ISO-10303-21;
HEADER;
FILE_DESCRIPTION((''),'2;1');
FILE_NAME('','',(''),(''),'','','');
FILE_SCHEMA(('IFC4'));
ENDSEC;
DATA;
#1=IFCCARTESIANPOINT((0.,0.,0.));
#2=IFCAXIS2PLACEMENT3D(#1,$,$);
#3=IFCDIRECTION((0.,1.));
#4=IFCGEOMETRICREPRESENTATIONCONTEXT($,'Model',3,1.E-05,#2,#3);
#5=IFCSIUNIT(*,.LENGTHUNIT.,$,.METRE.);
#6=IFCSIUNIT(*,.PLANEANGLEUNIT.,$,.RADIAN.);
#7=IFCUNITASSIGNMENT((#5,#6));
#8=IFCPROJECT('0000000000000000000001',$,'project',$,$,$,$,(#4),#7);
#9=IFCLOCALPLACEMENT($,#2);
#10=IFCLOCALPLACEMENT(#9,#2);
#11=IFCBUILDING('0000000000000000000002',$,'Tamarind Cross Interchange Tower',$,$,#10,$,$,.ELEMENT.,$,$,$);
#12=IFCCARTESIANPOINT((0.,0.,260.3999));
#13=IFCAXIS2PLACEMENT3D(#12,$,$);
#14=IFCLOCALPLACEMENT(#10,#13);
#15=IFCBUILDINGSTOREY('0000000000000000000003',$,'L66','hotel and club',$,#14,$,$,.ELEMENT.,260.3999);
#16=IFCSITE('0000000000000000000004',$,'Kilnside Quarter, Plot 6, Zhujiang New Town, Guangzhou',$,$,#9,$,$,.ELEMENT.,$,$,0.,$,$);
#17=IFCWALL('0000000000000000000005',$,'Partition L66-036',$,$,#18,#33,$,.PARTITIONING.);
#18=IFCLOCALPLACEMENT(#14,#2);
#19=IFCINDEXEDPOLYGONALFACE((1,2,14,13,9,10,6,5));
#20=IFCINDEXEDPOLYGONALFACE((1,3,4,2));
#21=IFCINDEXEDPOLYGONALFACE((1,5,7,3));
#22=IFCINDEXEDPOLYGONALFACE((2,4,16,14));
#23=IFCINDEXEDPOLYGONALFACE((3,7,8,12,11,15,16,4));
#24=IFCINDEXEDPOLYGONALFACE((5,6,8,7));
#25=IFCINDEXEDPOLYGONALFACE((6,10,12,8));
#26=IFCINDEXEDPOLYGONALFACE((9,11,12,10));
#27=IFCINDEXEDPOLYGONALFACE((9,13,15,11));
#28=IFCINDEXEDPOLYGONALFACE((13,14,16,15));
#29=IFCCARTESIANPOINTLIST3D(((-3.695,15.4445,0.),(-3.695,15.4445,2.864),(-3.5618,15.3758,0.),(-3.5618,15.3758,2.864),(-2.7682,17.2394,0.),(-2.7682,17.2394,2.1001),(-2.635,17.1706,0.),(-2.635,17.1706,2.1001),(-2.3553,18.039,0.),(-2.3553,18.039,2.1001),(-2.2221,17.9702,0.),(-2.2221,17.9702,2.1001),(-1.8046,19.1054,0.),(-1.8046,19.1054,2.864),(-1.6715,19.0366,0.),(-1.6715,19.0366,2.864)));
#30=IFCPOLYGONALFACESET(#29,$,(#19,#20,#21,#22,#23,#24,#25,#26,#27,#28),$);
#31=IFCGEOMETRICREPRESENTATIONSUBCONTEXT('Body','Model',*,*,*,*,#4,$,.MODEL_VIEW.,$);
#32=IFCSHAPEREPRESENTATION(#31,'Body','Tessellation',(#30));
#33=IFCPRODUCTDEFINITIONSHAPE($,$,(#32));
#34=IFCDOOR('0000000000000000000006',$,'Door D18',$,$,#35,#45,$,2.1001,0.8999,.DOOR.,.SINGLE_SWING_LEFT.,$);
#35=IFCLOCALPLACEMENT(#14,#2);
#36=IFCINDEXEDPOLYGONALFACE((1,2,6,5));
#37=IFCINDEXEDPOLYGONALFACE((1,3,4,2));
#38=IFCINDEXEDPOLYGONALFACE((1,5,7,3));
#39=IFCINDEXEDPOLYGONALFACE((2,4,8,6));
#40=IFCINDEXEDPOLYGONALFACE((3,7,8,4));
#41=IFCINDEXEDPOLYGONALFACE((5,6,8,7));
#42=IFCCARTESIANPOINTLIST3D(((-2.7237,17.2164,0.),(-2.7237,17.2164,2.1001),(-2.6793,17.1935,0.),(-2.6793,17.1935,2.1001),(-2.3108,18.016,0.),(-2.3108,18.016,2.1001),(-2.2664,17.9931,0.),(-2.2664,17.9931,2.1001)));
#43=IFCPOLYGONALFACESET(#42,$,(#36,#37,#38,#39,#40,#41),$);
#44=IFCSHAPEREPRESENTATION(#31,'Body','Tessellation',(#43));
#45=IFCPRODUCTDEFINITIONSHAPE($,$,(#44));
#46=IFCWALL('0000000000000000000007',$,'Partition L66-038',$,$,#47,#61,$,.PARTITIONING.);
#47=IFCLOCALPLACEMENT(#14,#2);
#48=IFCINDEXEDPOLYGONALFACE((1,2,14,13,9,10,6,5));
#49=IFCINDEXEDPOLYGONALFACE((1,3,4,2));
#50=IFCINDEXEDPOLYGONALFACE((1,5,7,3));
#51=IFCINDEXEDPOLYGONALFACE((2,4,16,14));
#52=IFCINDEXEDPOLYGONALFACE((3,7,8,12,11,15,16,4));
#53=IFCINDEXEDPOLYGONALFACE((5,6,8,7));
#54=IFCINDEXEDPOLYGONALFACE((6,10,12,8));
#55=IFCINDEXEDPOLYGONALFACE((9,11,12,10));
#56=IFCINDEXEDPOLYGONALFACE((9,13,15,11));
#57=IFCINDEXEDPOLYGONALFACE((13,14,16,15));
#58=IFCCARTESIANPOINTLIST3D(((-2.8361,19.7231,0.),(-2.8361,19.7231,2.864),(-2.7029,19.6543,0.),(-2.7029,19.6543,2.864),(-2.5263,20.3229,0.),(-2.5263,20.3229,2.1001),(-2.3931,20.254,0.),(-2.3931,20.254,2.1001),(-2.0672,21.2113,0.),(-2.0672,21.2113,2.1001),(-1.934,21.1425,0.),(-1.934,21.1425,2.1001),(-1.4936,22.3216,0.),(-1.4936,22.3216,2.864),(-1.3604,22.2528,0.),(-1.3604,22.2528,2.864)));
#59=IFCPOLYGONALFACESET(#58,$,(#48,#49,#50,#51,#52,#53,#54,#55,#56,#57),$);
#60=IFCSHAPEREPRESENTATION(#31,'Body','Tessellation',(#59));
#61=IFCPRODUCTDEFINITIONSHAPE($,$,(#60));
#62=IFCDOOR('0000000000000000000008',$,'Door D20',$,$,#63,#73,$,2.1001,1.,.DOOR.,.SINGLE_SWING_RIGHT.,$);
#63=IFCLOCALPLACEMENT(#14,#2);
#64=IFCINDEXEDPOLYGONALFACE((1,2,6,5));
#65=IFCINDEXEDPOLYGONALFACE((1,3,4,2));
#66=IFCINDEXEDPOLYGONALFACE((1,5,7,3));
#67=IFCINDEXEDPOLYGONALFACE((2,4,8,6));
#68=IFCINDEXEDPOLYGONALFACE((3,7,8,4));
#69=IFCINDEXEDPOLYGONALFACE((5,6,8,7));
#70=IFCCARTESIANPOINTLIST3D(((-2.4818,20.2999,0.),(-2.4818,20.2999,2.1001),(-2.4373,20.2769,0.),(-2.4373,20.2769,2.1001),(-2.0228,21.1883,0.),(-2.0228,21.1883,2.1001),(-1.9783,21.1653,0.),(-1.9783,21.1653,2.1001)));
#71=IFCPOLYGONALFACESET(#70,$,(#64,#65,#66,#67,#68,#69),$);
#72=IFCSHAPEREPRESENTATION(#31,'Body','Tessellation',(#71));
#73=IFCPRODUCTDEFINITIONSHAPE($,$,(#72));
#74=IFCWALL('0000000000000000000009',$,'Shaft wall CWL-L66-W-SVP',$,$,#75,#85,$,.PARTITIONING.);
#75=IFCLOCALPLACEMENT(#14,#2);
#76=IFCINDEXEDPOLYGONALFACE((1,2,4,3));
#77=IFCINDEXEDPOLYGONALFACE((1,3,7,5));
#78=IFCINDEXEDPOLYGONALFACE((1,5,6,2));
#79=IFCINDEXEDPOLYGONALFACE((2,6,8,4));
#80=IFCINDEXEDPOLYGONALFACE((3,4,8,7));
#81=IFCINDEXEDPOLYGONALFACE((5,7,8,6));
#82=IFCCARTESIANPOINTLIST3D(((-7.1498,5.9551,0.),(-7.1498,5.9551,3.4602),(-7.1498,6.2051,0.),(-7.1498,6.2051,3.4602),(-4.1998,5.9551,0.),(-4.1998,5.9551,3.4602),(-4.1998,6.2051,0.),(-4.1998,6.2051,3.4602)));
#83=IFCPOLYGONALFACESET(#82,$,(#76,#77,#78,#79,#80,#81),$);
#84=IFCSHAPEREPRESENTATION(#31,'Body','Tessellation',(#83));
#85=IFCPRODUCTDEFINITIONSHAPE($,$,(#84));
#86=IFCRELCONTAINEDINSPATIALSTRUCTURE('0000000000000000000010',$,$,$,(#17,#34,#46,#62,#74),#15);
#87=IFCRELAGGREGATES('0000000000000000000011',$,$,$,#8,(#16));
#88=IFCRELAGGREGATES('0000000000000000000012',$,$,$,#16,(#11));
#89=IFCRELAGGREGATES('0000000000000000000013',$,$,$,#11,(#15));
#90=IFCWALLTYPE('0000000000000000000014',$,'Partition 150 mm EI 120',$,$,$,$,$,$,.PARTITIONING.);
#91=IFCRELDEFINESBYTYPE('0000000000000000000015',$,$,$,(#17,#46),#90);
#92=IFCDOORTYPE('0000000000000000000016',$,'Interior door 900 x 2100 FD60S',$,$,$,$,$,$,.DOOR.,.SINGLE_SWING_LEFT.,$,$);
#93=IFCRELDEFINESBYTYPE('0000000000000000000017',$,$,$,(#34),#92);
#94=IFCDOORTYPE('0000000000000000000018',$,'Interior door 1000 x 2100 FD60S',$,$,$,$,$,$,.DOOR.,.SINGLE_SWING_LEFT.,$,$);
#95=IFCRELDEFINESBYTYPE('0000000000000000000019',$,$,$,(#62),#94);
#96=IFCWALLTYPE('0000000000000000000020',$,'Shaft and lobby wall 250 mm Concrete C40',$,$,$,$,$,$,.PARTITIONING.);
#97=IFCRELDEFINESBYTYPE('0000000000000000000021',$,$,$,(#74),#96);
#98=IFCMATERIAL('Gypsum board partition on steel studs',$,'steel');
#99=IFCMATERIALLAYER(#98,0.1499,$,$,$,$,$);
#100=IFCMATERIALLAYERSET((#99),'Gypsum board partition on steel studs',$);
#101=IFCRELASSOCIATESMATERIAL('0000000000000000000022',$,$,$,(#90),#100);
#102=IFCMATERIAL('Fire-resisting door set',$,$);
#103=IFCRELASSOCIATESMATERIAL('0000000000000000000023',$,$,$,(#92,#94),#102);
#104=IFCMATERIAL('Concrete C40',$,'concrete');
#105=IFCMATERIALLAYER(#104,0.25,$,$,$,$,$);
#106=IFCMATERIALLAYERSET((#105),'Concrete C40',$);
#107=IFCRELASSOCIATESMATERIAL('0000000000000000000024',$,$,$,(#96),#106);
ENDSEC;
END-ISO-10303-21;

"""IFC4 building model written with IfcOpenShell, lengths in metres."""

from ifc_helpers import new_model, si_unit, direction, frame, frame_2d, origin, place, context, subcontext, project, spatial, rectangle, extrude, material, layer, layer_set, type_object, element, fill, save


model = new_model("IFC4")

# Units and contexts
model_context = context("Model", 3, precision=1e-05, world=origin(), true_north=direction((0.0, 1.0)))
body_context = subcontext(model_context, "Body", "Model", "MODEL_VIEW")
ifc_project = project(units=[si_unit("LENGTHUNIT", "METRE"), si_unit("PLANEANGLEUNIT", "RADIAN")], contexts=[model_context])

# Site, building, storey
site_placement = place(None, origin())
site = spatial("IfcSite", under=ifc_project, at=site_placement, Name="Kilnside Quarter, Plot 6, Zhujiang New Town, Guangzhou", CompositionType="ELEMENT", RefElevation=0.0)
building_placement = place(site_placement, origin())
building = spatial("IfcBuilding", under=site, at=building_placement, Name="Tamarind Cross Interchange Tower", CompositionType="ELEMENT")
storey_placement = place(building_placement, frame((0.0, 0.0, 260.3999)))
storey = spatial("IfcBuildingStorey", under=building, at=storey_placement, Name="L66", Description="hotel and club", CompositionType="ELEMENT", Elevation=260.3999)

# Shared definitions
ifc_material_1 = material(Name="Gypsum board partition on steel studs", Category="steel")
ifc_layer_1 = layer(ifc_material_1, 0.1499)
ifc_layer_set_1 = layer_set([ifc_layer_1], Name="Gypsum board partition on steel studs")
wall_type_1 = type_object("IfcWallType", Name="Partition 150 mm EI 120", PredefinedType="PARTITIONING", material=ifc_layer_set_1)
ifc_material_2 = material(Name="Fire-resisting door set")

# Walls, openings, doors
wall_1_placement = place(storey_placement, frame((-3.6284, 15.4102, 0.0), z_axis=(0.0, 0.0, 1.0), x_axis=(0.458813, 0.888533, 0.0)))
wall_1 = element("IfcWall", 1, at=wall_1_placement, inside=storey, type_object=wall_type_1, Name="Partition L66-036", PredefinedType="PARTITIONING", context=body_context, shape_type="SweptSolid", body=[
    extrude(rectangle(XDim=4.1201, YDim=0.1499, at=frame_2d((2.0601, 0.0))), origin(), (0.0, 0.0, 1.0), 2.864),
])
opening_1_placement = place(wall_1_placement, frame((2.02, 0.0, 0.0)))
opening_1 = element("IfcOpeningElement", 2, at=opening_1_placement, cuts=wall_1, PredefinedType="OPENING", context=body_context, shape_type="SweptSolid", body=[
    extrude(rectangle(XDim=0.8999, YDim=2.1001, at=frame_2d((0.45, 1.05))), frame((0.0, 0.085, 0.0), z_axis=(0.0, -1.0, 0.0), x_axis=(1.0, 0.0, 0.0)), (0.0, 0.0, 1.0), 0.1699),
])
door_type_1 = type_object("IfcDoorType", Name="Interior door 900 x 2100 FD60S", OperationType="SINGLE_SWING_LEFT", PredefinedType="DOOR", material=ifc_material_2)
door_1_placement = place(opening_1_placement, origin())
door_1 = element("IfcDoor", 3, at=door_1_placement, inside=storey, type_object=door_type_1, Name="Door D18", OperationType="SINGLE_SWING_LEFT", OverallHeight=2.1001, OverallWidth=0.8999, PredefinedType="DOOR", context=body_context, shape_type="SweptSolid", body=[
    extrude(rectangle(XDim=0.8999, YDim=2.1001, at=frame_2d((0.45, 1.05))), frame((0.0, 0.0249, 0.0), z_axis=(0.0, -1.0, 0.0), x_axis=(1.0, 0.0, 0.0)), (0.0, 0.0, 1.0), 0.05),
])
fill(opening_1, door_1)
wall_2_placement = place(storey_placement, frame((-2.7695, 19.6887, 0.0), z_axis=(0.0, 0.0, 1.0), x_axis=(0.459028, 0.888422, 0.0)))
wall_2 = element("IfcWall", 4, at=wall_2_placement, inside=storey, type_object=wall_type_1, Name="Partition L66-038", PredefinedType="PARTITIONING", context=body_context, shape_type="SweptSolid", body=[
    extrude(rectangle(XDim=2.9248, YDim=0.1499, at=frame_2d((1.4624, 0.0))), origin(), (0.0, 0.0, 1.0), 2.864),
])
opening_2_placement = place(wall_2_placement, frame((0.675, 0.0, 0.0)))
opening_2 = element("IfcOpeningElement", 5, at=opening_2_placement, cuts=wall_2, PredefinedType="OPENING", context=body_context, shape_type="SweptSolid", body=[
    extrude(rectangle(XDim=1.0, YDim=2.1001, at=frame_2d((0.5, 1.05))), frame((0.0, 0.085, 0.0), z_axis=(0.0, -1.0, 0.0), x_axis=(1.0, 0.0, 0.0)), (0.0, 0.0, 1.0), 0.1699),
])
door_type_2 = type_object("IfcDoorType", Name="Interior door 1000 x 2100 FD60S", OperationType="SINGLE_SWING_LEFT", PredefinedType="DOOR", material=ifc_material_2)
door_2_placement = place(opening_2_placement, origin())
door_2 = element("IfcDoor", 6, at=door_2_placement, inside=storey, type_object=door_type_2, Name="Door D20", OperationType="SINGLE_SWING_RIGHT", OverallHeight=2.1001, OverallWidth=1.0, PredefinedType="DOOR", context=body_context, shape_type="SweptSolid", body=[
    extrude(rectangle(XDim=1.0, YDim=2.1001, at=frame_2d((0.5, 1.05))), frame((0.0, 0.0249, 0.0), z_axis=(0.0, -1.0, 0.0), x_axis=(1.0, 0.0, 0.0)), (0.0, 0.0, 1.0), 0.05),
])
fill(opening_2, door_2)

# Wall
ifc_material_3 = material(Name="Concrete C40", Category="concrete")
ifc_layer_2 = layer(ifc_material_3, 0.25)
ifc_layer_set_2 = layer_set([ifc_layer_2], Name="Concrete C40")
wall_type_2 = type_object("IfcWallType", Name="Shaft and lobby wall 250 mm Concrete C40", PredefinedType="PARTITIONING", material=ifc_layer_set_2)
wall_3_placement = place(storey_placement, frame((-7.1499, 6.0801, 0.0), z_axis=(0.0, 0.0, 1.0), x_axis=(1.0, 0.0, 0.0)))
element("IfcWall", 7, at=wall_3_placement, inside=storey, type_object=wall_type_2, Name="Shaft wall CWL-L66-W-SVP", PredefinedType="PARTITIONING", context=body_context, shape_type="SweptSolid", body=[
    extrude(rectangle(XDim=2.95, YDim=0.25, at=frame_2d((1.4751, 0.0))), origin(), (0.0, 0.0, 1.0), 3.4602),
])

save(model, "model.ifc")
